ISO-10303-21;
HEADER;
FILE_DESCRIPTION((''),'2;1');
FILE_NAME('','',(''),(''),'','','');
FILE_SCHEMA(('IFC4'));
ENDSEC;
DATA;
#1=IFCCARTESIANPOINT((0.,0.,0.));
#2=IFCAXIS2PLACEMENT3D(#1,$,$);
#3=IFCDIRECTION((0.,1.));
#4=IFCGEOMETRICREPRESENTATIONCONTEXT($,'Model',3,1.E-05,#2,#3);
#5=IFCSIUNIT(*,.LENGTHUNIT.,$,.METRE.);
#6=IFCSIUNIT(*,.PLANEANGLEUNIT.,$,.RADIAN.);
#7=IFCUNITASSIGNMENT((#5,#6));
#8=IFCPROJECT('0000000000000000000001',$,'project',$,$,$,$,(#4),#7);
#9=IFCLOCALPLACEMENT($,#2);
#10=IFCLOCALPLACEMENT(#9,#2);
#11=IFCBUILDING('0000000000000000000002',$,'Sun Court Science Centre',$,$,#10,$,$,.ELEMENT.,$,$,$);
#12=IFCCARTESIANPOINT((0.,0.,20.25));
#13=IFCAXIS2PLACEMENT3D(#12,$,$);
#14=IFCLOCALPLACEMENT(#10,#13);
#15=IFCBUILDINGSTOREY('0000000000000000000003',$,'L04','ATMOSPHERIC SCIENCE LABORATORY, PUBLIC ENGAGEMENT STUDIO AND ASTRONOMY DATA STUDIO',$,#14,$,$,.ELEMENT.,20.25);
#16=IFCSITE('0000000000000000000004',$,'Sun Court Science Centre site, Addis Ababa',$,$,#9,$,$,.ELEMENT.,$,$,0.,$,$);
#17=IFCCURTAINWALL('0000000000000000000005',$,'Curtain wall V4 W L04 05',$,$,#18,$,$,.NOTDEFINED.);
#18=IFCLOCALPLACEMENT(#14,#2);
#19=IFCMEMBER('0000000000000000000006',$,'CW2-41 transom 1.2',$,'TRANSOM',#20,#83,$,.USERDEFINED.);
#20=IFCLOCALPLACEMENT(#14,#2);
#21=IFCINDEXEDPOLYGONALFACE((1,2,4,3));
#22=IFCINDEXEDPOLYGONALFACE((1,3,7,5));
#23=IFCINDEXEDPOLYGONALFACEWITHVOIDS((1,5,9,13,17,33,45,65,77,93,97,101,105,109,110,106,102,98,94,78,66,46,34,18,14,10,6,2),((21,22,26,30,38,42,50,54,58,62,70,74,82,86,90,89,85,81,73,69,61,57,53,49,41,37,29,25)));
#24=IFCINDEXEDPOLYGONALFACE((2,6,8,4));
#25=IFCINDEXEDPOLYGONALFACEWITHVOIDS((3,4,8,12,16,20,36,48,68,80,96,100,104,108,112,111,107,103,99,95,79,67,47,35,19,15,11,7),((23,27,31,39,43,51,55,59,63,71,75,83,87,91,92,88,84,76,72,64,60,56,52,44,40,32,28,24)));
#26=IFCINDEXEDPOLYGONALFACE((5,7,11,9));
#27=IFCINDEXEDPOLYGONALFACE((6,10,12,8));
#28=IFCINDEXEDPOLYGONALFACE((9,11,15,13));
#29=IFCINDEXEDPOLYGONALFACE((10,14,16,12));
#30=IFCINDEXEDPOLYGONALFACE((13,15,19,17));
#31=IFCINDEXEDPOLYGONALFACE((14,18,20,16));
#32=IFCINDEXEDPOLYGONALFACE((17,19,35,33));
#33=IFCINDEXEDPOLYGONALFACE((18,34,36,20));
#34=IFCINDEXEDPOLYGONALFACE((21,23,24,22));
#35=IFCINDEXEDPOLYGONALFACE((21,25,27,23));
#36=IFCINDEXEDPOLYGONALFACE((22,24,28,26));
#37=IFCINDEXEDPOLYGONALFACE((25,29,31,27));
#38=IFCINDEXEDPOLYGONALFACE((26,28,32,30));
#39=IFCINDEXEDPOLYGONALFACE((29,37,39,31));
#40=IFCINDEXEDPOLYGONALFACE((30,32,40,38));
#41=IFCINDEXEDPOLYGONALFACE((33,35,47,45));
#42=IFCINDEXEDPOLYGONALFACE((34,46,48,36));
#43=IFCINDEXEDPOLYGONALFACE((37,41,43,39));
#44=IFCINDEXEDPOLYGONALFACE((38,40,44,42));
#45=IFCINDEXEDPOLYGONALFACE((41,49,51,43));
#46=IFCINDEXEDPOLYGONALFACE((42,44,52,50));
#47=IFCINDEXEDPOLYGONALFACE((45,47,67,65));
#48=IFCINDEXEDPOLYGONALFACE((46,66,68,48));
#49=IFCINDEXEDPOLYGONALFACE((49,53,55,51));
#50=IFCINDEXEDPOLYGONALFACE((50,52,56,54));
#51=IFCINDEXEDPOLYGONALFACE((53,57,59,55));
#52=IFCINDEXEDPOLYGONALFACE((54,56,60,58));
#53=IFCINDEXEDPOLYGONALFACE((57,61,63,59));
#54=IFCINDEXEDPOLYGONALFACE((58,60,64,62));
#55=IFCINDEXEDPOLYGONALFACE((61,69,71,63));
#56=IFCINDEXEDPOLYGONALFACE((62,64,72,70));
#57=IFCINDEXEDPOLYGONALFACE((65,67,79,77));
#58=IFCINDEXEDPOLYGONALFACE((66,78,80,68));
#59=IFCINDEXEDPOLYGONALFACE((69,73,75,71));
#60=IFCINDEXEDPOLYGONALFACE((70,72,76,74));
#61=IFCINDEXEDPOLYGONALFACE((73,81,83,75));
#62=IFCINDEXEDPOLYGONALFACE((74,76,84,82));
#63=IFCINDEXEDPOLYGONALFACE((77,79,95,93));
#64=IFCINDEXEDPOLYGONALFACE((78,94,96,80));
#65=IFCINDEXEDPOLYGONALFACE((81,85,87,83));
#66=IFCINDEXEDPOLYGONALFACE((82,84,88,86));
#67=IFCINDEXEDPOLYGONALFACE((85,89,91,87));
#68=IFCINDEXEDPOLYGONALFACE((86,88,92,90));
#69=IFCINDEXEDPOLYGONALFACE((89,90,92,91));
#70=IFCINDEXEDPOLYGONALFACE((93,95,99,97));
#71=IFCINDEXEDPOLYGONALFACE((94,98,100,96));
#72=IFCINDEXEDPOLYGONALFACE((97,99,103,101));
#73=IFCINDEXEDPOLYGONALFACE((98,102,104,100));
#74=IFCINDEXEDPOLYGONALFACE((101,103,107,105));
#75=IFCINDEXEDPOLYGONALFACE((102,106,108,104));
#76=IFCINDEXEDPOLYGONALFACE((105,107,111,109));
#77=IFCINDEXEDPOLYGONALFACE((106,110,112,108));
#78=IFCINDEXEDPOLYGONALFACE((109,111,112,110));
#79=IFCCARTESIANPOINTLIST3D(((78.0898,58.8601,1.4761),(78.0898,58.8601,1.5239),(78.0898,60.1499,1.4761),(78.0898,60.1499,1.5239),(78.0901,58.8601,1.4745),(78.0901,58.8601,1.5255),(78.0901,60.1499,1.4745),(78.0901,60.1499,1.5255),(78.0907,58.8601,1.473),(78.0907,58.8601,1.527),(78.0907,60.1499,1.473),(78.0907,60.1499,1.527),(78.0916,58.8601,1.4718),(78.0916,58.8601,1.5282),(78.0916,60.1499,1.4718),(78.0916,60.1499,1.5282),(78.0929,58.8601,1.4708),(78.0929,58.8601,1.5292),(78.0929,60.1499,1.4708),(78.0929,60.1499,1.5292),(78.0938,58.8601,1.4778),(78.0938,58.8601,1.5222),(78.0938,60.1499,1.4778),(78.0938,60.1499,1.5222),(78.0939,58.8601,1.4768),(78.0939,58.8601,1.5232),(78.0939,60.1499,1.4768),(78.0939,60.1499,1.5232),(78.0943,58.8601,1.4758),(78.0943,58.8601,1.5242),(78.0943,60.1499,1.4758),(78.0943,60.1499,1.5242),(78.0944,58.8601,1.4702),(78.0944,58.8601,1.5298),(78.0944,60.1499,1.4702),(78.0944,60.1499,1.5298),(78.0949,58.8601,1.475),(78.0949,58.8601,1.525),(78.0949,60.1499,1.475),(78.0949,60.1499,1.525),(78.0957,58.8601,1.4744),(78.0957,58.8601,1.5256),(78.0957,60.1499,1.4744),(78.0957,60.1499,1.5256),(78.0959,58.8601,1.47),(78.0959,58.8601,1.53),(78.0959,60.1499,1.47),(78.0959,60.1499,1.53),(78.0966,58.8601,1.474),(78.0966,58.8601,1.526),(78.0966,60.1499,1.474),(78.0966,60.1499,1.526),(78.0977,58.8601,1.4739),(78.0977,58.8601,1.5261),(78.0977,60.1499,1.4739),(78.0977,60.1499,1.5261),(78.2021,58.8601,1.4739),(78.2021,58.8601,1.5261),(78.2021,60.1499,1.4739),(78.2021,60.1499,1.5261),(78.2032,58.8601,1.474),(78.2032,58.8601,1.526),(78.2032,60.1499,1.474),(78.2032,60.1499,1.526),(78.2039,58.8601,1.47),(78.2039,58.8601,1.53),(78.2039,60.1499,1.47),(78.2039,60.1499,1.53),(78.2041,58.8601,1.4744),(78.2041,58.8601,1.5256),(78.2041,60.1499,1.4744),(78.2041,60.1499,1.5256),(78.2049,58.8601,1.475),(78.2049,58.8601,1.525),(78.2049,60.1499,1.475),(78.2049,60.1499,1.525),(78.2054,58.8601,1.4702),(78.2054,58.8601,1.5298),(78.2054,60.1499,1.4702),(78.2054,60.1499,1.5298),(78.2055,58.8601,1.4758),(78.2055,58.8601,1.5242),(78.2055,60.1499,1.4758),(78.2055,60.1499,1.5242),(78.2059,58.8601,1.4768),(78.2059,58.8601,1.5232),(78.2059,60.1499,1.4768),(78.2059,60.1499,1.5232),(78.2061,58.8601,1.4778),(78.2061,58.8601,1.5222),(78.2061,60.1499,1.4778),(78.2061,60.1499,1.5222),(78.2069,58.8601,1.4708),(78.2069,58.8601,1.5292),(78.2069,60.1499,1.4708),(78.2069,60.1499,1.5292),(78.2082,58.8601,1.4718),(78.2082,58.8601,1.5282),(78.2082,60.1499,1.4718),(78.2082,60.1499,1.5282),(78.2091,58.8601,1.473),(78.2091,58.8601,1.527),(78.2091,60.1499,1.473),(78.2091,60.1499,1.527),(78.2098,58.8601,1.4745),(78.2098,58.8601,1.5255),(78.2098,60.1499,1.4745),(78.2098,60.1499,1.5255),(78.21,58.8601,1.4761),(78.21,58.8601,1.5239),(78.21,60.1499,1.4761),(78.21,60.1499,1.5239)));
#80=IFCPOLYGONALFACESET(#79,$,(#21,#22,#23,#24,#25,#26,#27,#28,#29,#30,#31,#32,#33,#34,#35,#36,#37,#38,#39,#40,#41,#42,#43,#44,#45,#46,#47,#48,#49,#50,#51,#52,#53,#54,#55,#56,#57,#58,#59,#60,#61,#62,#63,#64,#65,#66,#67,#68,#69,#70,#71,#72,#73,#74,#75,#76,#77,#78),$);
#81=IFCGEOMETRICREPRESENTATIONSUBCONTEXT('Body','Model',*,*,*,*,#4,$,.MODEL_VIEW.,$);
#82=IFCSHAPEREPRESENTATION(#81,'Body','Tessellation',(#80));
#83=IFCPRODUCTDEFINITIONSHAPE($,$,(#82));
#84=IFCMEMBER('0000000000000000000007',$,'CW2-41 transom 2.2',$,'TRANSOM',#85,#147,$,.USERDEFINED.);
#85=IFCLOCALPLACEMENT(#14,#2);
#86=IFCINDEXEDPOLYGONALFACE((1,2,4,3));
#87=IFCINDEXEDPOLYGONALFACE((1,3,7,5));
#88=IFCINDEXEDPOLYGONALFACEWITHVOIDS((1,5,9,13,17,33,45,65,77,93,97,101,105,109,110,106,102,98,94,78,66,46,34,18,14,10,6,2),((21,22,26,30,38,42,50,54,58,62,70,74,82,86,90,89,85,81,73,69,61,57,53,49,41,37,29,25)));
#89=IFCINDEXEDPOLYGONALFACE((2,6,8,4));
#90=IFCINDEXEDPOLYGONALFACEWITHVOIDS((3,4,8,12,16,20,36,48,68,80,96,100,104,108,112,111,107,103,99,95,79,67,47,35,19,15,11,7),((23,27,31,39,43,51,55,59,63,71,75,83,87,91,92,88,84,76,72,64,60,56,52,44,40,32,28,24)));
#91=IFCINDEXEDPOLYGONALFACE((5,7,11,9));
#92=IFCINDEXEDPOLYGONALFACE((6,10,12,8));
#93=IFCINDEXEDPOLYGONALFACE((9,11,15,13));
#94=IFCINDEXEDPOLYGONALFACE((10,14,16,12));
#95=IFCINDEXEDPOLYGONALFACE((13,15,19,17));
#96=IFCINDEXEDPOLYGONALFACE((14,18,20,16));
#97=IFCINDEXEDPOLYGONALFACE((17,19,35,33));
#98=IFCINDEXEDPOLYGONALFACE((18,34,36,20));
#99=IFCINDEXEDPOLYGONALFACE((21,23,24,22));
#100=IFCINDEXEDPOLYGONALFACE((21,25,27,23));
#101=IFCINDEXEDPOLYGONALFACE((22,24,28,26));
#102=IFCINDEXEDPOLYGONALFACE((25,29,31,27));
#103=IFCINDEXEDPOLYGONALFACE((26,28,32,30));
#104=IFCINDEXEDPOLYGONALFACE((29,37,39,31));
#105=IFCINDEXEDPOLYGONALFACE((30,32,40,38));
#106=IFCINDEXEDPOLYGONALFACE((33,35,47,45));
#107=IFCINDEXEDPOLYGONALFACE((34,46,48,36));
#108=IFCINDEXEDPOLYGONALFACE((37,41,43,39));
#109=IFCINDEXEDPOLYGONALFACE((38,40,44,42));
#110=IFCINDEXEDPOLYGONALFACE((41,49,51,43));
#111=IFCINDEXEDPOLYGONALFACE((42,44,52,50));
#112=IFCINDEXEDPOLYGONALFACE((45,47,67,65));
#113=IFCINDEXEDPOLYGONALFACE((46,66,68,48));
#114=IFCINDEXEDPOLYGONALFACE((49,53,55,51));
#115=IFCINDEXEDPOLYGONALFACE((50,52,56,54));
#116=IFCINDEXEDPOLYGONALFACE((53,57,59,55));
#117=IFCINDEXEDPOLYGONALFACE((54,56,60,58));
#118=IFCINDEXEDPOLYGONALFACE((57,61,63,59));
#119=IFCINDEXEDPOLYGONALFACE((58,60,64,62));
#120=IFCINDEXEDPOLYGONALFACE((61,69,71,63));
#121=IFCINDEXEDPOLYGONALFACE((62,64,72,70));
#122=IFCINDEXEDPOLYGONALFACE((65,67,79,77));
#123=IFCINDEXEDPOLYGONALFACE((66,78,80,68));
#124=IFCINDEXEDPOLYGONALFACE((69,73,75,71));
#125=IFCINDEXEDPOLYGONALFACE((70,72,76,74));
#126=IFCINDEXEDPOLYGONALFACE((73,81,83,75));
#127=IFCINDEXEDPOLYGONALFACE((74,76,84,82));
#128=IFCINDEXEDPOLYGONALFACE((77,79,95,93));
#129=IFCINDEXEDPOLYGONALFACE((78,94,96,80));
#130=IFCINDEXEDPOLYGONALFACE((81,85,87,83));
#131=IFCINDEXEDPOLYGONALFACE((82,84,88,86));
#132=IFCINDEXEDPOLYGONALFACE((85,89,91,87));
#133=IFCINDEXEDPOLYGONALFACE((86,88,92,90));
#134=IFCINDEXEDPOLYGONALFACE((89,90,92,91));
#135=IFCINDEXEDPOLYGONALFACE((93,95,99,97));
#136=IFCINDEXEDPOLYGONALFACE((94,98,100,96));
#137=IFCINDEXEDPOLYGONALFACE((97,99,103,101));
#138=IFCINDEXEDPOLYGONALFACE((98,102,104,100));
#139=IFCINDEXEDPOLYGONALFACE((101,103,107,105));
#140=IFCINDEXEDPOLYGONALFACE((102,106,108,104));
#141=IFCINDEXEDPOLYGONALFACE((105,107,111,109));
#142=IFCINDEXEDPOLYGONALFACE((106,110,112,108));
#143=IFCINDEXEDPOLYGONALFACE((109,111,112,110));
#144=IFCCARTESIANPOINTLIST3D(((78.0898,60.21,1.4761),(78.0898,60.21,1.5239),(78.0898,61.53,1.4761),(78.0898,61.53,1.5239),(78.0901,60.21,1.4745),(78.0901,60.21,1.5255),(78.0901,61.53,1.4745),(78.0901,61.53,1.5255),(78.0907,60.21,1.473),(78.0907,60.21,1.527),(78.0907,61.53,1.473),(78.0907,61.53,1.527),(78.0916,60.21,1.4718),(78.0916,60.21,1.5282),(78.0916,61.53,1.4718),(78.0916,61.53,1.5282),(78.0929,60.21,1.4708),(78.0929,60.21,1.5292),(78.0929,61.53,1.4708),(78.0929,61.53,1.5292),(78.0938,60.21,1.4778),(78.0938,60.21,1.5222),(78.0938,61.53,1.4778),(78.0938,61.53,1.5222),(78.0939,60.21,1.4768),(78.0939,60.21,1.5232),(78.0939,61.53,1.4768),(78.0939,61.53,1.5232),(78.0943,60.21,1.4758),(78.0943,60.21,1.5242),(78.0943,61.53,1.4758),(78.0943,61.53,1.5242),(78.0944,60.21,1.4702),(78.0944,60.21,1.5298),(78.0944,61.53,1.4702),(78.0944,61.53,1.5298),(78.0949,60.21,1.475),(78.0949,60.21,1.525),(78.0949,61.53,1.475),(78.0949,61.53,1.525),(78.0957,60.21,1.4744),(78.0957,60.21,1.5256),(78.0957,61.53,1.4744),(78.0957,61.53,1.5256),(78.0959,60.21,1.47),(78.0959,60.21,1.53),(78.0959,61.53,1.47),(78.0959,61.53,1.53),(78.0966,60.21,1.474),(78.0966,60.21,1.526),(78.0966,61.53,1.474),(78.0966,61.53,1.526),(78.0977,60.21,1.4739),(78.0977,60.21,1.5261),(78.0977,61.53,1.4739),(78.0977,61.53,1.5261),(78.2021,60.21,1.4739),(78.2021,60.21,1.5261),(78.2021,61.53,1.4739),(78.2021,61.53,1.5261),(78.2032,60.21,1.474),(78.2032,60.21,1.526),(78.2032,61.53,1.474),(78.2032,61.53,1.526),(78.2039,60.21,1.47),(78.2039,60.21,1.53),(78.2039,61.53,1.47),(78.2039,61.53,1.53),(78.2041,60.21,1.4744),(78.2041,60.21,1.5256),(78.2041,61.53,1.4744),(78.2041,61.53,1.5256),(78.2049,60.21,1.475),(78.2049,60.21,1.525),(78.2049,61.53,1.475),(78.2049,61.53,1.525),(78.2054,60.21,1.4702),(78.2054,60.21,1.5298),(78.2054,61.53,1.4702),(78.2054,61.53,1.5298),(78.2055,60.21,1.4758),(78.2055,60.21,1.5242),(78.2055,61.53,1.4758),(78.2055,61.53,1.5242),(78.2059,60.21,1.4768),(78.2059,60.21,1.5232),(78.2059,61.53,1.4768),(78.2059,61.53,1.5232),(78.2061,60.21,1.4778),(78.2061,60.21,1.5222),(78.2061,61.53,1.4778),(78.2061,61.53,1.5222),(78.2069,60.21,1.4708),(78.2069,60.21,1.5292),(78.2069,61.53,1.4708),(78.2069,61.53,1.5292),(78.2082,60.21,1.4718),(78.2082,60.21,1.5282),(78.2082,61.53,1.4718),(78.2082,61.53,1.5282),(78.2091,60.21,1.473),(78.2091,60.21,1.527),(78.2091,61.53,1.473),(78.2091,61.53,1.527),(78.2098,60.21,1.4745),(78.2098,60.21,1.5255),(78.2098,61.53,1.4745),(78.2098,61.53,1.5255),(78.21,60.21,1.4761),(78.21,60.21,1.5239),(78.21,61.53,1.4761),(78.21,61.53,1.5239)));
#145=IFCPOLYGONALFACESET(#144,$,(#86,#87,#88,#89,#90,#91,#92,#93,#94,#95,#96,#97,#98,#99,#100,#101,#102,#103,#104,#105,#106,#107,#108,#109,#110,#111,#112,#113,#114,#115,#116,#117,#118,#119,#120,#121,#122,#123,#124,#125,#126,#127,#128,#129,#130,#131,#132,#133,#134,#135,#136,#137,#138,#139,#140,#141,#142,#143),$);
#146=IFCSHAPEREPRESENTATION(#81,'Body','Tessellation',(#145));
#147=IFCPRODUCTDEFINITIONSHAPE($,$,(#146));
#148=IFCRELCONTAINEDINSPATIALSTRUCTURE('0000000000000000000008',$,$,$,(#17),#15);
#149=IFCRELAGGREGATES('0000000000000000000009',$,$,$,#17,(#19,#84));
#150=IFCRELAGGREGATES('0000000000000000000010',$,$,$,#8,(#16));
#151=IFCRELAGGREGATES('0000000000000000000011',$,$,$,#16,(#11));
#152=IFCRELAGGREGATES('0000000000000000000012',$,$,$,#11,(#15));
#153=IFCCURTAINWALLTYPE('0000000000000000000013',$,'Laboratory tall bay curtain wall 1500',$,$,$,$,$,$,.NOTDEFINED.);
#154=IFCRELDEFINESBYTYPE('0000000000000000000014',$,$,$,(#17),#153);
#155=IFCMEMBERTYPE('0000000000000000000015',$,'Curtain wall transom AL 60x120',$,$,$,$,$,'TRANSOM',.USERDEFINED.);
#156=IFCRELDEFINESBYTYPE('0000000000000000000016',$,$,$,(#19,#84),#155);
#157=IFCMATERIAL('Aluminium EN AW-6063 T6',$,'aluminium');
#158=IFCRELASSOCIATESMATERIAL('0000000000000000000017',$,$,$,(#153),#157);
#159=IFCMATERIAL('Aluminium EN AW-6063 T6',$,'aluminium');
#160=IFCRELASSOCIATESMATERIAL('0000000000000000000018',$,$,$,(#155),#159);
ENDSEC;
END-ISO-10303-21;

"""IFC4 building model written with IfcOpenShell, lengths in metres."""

from ifc_helpers import new_model, si_unit, direction, frame, origin, origin_2d, place, context, subcontext, project, spatial, hollow_rectangle, extrude, material, material_profile, profile_set, type_object, element, aggregate, save


model = new_model("IFC4")

# Units and contexts
model_context = context("Model", 3, precision=1e-05, world=origin(), true_north=direction((0.0, 1.0)))
body_context = subcontext(model_context, "Body", "Model", "MODEL_VIEW")
ifc_project = project(units=[si_unit("LENGTHUNIT", "METRE"), si_unit("PLANEANGLEUNIT", "RADIAN")], contexts=[model_context])

# Site, building, storey
site_placement = place(None, origin())
site = spatial("IfcSite", under=ifc_project, at=site_placement, Name="Sun Court Science Centre site, Addis Ababa", CompositionType="ELEMENT", RefElevation=0.0)
building_placement = place(site_placement, origin())
building = spatial("IfcBuilding", under=site, at=building_placement, Name="Sun Court Science Centre", CompositionType="ELEMENT")
storey_placement = place(building_placement, frame((0.0, 0.0, 20.25)))
storey = spatial("IfcBuildingStorey", under=building, at=storey_placement, Name="L04", Description="ATMOSPHERIC SCIENCE LABORATORY, PUBLIC ENGAGEMENT STUDIO AND ASTRONOMY DATA STUDIO", CompositionType="ELEMENT", Elevation=20.25)

# Curtain wall
ifc_material_1 = material(Name="Aluminium EN AW-6063 T6", Category="aluminium")
curtain_wall_type = type_object("IfcCurtainWallType", Name="Laboratory tall bay curtain wall 1500", PredefinedType="NOTDEFINED", material=ifc_material_1)
curtain_wall_1_placement = place(storey_placement, origin())
curtain_wall_1 = element("IfcCurtainWall", 1, at=curtain_wall_1_placement, inside=storey, type_object=curtain_wall_type, Name="Curtain wall V4 W L04 05", PredefinedType="NOTDEFINED")

# Members
ifc_material_2 = material(Name="Aluminium EN AW-6063 T6", Category="aluminium")
ifc_material_profile_1 = material_profile(ifc_material_2, hollow_rectangle(XDim=0.0601, YDim=0.1201, WallThickness=0.0039, InnerFilletRadius=0.0039, OuterFilletRadius=0.0061, at=origin_2d()), Name="AL 60x120x4")
ifc_profile_set_1 = profile_set([ifc_material_profile_1], Name="Aluminium EN AW-6063 T6")
member_type_1 = type_object("IfcMemberType", Name="Curtain wall transom AL 60x120", ElementType="TRANSOM", PredefinedType="USERDEFINED", material=ifc_profile_set_1)
member_1_placement = place(storey_placement, frame((78.1499, 58.8601, 1.5), z_axis=(0.0, 1.0, 0.0), x_axis=(0.0, 0.0, 1.0)))
member_1 = element("IfcMember", 2, at=member_1_placement, type_object=member_type_1, Name="CW2-41 transom 1.2", ObjectType="TRANSOM", PredefinedType="USERDEFINED", context=body_context, shape_type="SweptSolid", body=[
    extrude(hollow_rectangle(XDim=0.0601, YDim=0.1201, WallThickness=0.0039, InnerFilletRadius=0.0039, OuterFilletRadius=0.0061, at=origin_2d()), origin(), (0.0, 0.0, 1.0), 1.2898),
])
member_2_placement = place(storey_placement, frame((78.1499, 60.21, 1.5), z_axis=(0.0, 1.0, 0.0), x_axis=(0.0, 0.0, 1.0)))
member_2 = element("IfcMember", 3, at=member_2_placement, type_object=member_type_1, Name="CW2-41 transom 2.2", ObjectType="TRANSOM", PredefinedType="USERDEFINED", context=body_context, shape_type="SweptSolid", body=[
    extrude(hollow_rectangle(XDim=0.0601, YDim=0.1201, WallThickness=0.0039, InnerFilletRadius=0.0039, OuterFilletRadius=0.0061, at=origin_2d()), origin(), (0.0, 0.0, 1.0), 1.3201),
])

aggregate(curtain_wall_1, [member_1, member_2])

save(model, "model.ifc")
